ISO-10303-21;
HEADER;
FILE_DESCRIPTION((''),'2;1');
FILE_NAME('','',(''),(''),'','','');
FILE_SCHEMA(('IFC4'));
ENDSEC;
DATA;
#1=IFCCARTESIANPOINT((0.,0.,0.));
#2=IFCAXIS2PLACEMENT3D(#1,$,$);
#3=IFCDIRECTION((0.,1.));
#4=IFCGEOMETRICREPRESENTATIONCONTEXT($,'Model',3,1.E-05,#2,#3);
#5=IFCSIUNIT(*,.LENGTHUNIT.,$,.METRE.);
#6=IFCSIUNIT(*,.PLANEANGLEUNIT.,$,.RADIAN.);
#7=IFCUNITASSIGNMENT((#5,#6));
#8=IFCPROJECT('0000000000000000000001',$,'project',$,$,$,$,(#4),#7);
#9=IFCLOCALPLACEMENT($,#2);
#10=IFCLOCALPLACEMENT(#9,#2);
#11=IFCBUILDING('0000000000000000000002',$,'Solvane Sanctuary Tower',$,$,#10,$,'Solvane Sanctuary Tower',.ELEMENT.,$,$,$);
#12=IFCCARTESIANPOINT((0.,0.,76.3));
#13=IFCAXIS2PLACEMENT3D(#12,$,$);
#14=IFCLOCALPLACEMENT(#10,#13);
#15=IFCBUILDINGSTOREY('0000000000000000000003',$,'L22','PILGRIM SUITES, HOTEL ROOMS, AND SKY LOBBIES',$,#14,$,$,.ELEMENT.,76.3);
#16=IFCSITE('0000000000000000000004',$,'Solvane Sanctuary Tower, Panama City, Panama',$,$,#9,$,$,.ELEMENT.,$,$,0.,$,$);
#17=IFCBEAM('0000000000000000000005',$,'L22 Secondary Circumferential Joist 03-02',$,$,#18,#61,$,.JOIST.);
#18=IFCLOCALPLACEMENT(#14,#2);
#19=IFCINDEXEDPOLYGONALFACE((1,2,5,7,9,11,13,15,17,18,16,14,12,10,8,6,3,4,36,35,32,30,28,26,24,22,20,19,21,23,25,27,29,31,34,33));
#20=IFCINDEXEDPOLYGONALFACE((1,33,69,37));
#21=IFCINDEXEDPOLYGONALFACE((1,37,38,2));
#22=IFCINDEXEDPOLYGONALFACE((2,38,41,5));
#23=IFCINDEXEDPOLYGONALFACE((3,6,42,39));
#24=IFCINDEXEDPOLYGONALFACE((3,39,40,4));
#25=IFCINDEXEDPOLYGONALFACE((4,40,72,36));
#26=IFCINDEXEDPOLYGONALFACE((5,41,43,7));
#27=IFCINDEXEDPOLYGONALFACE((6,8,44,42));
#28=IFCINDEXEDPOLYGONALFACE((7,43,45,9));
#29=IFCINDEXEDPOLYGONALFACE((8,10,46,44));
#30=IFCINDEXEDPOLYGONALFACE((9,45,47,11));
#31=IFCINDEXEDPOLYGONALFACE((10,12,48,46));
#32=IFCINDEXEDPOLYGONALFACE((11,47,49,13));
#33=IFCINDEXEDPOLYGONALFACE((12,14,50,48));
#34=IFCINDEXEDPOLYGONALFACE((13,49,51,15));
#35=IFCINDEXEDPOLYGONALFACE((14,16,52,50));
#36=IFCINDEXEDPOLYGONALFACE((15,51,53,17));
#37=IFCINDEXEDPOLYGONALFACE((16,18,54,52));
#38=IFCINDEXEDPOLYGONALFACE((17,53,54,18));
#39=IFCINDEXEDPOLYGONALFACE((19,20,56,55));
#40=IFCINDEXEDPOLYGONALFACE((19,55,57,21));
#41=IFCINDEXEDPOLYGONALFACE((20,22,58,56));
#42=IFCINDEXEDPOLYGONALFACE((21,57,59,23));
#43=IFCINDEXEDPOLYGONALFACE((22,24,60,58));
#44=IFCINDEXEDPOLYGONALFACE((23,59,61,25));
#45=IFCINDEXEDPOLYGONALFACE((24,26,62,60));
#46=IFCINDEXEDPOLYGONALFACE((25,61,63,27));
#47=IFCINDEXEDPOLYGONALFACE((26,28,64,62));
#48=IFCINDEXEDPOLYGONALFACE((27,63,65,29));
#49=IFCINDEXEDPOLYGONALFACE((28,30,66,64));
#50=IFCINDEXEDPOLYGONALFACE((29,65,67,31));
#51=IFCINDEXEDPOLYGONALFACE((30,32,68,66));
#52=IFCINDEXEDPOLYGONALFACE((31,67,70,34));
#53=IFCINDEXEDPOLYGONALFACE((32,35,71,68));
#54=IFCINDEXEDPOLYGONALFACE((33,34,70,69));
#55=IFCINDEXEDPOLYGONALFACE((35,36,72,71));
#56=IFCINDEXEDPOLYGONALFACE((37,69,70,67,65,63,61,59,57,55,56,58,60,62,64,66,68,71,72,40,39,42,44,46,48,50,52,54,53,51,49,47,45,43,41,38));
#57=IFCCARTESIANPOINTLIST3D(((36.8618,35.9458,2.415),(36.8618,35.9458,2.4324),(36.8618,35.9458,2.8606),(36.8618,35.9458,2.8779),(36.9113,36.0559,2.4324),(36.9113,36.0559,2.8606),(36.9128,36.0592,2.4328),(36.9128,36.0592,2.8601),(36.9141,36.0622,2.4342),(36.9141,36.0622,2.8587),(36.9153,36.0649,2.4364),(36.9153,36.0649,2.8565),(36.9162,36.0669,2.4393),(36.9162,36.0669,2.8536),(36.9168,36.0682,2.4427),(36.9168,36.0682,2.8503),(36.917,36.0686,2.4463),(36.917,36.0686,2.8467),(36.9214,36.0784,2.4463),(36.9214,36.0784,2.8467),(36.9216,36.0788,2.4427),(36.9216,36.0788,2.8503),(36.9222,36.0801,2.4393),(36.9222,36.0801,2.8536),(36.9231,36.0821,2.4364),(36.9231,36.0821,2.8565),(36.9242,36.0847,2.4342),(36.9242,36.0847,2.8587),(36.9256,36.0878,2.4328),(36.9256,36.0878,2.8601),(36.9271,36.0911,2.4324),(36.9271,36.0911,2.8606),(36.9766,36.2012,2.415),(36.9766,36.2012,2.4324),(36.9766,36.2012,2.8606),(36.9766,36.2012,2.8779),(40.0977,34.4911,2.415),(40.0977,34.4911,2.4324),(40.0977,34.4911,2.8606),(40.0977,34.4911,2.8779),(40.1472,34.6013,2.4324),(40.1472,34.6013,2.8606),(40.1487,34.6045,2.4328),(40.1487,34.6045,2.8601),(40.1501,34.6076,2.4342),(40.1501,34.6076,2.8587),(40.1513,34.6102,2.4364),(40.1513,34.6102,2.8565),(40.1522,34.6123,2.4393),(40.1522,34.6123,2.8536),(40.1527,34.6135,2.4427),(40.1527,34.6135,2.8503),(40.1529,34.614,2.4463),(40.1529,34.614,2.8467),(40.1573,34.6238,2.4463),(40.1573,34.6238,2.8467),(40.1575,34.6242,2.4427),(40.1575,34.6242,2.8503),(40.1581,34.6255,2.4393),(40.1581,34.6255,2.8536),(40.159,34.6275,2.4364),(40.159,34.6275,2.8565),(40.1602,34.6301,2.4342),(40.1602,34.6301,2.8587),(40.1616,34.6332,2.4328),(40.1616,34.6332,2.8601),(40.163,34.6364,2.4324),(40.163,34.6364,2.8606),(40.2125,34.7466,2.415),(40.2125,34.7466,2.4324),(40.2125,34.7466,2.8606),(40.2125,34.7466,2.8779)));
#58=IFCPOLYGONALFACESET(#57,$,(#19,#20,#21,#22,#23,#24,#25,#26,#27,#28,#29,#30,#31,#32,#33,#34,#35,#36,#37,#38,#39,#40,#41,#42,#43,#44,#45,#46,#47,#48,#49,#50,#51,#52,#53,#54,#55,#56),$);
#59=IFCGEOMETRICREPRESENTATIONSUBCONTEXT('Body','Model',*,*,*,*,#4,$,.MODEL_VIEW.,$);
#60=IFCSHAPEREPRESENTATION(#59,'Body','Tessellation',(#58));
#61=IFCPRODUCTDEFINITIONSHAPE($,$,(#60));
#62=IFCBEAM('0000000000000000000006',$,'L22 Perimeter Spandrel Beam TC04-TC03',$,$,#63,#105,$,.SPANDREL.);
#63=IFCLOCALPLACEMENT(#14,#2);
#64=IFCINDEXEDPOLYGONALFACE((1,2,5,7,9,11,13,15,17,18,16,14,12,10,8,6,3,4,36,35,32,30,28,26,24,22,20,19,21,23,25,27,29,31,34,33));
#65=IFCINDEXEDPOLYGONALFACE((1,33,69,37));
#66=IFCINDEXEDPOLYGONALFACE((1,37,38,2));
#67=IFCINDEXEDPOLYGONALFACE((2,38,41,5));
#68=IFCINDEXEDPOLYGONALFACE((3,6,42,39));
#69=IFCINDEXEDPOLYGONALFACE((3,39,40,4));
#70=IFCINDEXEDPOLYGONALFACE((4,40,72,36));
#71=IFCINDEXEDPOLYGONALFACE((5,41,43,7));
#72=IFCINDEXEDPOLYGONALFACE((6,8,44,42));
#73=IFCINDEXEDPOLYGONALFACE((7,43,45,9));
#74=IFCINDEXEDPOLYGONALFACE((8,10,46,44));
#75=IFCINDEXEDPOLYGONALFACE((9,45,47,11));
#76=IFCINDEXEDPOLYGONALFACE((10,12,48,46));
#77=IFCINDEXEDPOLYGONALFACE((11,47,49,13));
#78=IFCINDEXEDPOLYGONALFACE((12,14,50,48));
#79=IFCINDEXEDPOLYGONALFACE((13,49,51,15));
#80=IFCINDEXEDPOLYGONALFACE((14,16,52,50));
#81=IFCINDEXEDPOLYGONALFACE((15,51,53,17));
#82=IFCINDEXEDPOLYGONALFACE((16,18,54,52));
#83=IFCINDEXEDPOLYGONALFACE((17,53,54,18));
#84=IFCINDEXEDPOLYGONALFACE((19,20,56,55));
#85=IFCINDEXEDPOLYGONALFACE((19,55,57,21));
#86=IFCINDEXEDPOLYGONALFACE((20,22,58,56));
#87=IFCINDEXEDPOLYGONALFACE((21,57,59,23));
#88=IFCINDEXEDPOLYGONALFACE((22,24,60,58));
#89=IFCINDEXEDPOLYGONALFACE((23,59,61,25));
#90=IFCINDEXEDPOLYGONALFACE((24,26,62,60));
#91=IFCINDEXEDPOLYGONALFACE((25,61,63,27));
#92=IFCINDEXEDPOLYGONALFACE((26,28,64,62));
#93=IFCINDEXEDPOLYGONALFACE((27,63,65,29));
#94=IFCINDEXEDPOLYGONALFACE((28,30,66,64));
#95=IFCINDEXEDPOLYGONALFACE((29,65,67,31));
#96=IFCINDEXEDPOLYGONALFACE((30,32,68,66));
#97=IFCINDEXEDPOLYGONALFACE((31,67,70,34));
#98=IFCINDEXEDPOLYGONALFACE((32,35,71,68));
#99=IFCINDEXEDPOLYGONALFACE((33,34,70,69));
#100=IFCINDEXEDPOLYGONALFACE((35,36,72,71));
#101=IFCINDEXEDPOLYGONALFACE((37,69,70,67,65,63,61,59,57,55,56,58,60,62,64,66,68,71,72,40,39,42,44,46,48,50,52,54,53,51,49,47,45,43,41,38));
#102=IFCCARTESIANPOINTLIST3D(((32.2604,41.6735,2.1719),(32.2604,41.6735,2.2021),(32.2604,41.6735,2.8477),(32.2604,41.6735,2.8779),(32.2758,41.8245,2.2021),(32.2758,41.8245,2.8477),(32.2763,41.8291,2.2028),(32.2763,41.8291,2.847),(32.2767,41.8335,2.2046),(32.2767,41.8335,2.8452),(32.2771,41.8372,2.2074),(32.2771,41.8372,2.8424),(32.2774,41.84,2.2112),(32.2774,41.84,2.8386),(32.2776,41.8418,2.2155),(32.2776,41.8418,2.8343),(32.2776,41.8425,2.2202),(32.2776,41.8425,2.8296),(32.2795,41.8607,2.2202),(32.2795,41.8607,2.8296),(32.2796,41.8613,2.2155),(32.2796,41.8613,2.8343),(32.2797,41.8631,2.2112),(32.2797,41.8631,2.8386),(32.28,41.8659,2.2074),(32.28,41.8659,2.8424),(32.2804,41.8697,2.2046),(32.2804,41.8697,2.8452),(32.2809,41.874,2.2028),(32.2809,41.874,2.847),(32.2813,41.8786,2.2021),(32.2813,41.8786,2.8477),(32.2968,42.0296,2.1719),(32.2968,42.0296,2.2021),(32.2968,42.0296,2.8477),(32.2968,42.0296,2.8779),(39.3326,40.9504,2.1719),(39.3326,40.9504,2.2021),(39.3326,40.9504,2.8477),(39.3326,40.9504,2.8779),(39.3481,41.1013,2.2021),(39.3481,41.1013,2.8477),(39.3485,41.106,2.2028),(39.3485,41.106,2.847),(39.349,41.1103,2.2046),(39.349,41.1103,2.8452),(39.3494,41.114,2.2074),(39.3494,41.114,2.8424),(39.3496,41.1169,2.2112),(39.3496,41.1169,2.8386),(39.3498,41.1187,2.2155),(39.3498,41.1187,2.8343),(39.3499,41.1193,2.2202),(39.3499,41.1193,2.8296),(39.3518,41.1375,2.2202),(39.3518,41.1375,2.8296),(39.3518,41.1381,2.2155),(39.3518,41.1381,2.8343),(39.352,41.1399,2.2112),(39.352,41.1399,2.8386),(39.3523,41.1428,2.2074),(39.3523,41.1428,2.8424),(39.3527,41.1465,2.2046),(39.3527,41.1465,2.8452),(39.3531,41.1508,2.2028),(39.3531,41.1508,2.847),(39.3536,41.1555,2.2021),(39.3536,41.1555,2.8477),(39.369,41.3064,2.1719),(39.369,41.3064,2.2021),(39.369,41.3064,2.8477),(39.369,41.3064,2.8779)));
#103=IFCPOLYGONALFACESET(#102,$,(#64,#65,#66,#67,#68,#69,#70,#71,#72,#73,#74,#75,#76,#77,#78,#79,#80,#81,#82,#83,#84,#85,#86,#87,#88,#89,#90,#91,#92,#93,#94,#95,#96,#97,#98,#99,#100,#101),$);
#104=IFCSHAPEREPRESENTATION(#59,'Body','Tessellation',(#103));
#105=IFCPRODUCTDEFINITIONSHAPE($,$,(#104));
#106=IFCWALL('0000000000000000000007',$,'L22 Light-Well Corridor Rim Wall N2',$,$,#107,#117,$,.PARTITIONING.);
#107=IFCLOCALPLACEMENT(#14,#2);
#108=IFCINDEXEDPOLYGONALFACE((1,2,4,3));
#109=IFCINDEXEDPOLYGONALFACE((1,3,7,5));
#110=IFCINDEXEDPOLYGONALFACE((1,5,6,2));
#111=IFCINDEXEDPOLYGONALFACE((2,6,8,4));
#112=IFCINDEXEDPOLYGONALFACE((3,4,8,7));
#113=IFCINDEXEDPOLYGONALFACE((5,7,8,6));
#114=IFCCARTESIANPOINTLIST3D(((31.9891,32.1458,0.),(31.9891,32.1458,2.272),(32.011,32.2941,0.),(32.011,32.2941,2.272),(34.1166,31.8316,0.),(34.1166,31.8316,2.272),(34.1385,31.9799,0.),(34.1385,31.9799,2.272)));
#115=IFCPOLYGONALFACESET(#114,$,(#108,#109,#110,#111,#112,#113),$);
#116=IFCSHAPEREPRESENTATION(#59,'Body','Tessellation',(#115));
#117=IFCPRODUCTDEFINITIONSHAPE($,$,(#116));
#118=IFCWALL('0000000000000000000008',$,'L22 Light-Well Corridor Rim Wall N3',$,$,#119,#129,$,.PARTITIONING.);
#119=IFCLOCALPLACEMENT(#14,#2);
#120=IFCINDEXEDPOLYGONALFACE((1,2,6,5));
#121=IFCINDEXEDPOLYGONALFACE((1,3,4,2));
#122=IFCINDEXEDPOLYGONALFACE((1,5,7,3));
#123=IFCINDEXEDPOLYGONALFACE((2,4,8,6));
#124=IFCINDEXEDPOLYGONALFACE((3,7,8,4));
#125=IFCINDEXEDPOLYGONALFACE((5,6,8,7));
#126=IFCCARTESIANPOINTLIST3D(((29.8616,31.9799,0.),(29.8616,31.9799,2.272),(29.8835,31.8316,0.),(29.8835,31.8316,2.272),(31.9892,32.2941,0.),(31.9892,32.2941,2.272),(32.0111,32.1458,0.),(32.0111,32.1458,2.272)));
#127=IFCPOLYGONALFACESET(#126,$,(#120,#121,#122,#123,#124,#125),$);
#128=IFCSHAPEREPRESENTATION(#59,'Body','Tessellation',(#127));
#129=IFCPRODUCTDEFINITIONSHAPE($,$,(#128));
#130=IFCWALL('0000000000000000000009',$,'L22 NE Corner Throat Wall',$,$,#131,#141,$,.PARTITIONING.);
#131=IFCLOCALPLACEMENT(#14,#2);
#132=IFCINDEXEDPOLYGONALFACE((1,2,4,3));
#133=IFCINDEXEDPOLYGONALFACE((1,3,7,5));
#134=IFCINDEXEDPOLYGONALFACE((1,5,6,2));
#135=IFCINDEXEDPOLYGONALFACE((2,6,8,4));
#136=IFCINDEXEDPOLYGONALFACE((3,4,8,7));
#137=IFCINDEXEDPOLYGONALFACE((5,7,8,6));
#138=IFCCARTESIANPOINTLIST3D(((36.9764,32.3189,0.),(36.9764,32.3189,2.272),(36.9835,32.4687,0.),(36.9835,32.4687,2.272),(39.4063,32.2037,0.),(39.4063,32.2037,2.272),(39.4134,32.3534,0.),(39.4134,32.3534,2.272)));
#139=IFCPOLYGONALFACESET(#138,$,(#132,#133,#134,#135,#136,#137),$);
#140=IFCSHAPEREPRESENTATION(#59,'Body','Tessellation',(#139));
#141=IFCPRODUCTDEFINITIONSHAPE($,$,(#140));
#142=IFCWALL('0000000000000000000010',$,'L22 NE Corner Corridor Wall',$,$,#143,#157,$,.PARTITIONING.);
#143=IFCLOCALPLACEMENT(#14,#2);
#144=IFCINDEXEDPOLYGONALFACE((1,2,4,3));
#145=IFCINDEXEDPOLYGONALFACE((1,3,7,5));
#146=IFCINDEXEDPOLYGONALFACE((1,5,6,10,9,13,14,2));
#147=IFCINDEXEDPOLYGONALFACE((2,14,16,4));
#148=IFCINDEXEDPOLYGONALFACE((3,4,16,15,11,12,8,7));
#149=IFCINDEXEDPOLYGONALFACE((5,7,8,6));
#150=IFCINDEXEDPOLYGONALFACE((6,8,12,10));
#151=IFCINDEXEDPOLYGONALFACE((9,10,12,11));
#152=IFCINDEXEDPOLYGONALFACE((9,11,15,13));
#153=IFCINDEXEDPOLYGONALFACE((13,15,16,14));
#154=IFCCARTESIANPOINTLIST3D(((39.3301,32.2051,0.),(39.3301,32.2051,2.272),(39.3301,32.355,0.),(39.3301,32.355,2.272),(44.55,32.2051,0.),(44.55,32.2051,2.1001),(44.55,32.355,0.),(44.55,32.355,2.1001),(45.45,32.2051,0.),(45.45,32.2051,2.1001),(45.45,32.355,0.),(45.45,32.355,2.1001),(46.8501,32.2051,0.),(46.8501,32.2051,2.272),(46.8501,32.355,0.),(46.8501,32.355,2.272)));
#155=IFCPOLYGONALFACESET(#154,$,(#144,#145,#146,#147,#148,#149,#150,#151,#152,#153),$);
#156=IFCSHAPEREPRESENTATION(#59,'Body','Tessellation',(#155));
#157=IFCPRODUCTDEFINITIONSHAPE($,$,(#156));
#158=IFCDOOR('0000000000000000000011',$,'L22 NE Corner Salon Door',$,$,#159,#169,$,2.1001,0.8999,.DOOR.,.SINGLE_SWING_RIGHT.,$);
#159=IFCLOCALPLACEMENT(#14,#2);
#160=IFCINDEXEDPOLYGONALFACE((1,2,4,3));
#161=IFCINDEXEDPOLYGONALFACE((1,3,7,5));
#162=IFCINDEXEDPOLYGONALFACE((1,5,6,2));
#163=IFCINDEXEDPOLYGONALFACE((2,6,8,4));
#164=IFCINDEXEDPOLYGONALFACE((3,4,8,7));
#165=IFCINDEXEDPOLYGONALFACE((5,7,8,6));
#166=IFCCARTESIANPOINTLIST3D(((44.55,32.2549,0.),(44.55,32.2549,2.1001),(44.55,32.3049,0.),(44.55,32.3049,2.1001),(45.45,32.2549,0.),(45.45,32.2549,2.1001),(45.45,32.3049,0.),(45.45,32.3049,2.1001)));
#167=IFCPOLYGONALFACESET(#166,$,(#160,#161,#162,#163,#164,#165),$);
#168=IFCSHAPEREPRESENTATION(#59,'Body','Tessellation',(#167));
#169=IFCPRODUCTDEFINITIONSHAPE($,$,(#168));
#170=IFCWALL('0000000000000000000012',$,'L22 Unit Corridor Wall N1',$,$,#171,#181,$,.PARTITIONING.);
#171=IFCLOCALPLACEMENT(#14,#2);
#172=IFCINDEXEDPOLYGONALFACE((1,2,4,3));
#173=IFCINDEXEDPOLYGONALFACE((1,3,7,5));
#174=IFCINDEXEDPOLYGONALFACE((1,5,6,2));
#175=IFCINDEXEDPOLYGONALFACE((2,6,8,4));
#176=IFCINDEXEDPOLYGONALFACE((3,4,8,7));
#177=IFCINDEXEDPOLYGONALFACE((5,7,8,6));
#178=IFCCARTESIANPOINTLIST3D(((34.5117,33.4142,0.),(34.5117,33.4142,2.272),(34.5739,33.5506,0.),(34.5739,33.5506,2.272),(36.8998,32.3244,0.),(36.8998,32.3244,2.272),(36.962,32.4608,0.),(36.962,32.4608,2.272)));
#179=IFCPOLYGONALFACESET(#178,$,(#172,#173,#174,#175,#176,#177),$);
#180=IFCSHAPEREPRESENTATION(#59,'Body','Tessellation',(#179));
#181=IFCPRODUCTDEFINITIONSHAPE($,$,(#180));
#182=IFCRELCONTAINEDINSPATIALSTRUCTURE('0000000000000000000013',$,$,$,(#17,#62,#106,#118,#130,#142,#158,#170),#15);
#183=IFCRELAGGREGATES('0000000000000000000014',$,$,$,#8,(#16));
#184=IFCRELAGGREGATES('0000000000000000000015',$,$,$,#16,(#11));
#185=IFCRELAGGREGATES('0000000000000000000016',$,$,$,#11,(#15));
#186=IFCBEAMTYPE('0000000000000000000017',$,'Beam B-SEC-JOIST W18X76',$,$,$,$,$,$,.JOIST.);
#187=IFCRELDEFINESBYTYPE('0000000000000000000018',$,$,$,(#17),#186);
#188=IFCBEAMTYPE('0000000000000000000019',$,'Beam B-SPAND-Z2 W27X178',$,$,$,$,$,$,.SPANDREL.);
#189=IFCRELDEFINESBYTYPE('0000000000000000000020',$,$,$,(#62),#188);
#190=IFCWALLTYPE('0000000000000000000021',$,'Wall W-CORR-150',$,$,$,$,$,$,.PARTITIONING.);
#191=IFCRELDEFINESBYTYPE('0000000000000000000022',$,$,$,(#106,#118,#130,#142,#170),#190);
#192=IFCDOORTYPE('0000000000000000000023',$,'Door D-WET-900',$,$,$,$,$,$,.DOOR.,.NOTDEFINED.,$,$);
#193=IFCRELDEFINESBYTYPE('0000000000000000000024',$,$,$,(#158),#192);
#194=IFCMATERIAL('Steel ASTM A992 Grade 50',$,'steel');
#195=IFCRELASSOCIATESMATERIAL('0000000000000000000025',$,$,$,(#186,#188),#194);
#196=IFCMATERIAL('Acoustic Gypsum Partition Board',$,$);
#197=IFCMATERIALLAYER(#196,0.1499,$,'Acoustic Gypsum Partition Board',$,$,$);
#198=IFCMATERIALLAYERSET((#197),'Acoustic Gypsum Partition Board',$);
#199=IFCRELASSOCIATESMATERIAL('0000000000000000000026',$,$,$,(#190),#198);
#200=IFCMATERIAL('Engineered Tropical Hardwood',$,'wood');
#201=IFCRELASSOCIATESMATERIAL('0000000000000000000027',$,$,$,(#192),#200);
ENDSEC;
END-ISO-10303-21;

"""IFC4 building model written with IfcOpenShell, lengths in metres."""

from ifc_helpers import new_model, si_unit, direction, frame, frame_2d, origin, origin_2d, place, context, subcontext, project, spatial, rectangle, i_section, extrude, material, layer, layer_set, material_profile, profile_set, type_object, element, fill, save


model = new_model("IFC4")

# Units and contexts
model_context = context("Model", 3, precision=1e-05, world=origin(), true_north=direction((0.0, 1.0)))
body_context = subcontext(model_context, "Body", "Model", "MODEL_VIEW")
ifc_project = project(units=[si_unit("LENGTHUNIT", "METRE"), si_unit("PLANEANGLEUNIT", "RADIAN")], contexts=[model_context])

# Site, building, storey
site_placement = place(None, origin())
site = spatial("IfcSite", under=ifc_project, at=site_placement, Name="Solvane Sanctuary Tower, Panama City, Panama", CompositionType="ELEMENT", RefElevation=0.0)
building_placement = place(site_placement, origin())
building = spatial("IfcBuilding", under=site, at=building_placement, Name="Solvane Sanctuary Tower", LongName="Solvane Sanctuary Tower", CompositionType="ELEMENT")
storey_placement = place(building_placement, frame((0.0, 0.0, 76.3)))
storey = spatial("IfcBuildingStorey", under=building, at=storey_placement, Name="L22", Description="PILGRIM SUITES, HOTEL ROOMS, AND SKY LOBBIES", CompositionType="ELEMENT", Elevation=76.3)

# Beams
ifc_material_1 = material(Name="Steel ASTM A992 Grade 50", Category="steel")
ifc_material_profile_1 = material_profile(ifc_material_1, i_section(OverallWidth=0.28, OverallDepth=0.4629, WebThickness=0.0107, FlangeThickness=0.0173, FilletRadius=0.0139, at=origin_2d()), Name="W18X76")
ifc_profile_set_1 = profile_set([ifc_material_profile_1], Name="Steel ASTM A992 Grade 50")
beam_type_1 = type_object("IfcBeamType", Name="Beam B-SEC-JOIST W18X76", PredefinedType="JOIST", material=ifc_profile_set_1)
beam_1_placement = place(storey_placement, frame((36.9192, 36.0735, 2.6465), z_axis=(0.912084, -0.410004, 0.0), x_axis=(0.410004, 0.912084, 0.0)))
element("IfcBeam", 1, at=beam_1_placement, inside=storey, type_object=beam_type_1, Name="L22 Secondary Circumferential Joist 03-02", PredefinedType="JOIST", context=body_context, shape_type="SweptSolid", body=[
    extrude(i_section(OverallWidth=0.28, OverallDepth=0.4629, WebThickness=0.0107, FlangeThickness=0.0173, FilletRadius=0.0139, at=origin_2d()), origin(), (0.0, 0.0, 1.0), 3.5479),
])
ifc_material_profile_2 = material_profile(ifc_material_1, i_section(OverallWidth=0.3579, OverallDepth=0.7061, WebThickness=0.0183, FlangeThickness=0.0303, FilletRadius=0.0181, at=origin_2d()), Name="W27X178")
ifc_profile_set_2 = profile_set([ifc_material_profile_2], Name="Steel ASTM A992 Grade 50")
beam_type_2 = type_object("IfcBeamType", Name="Beam B-SPAND-Z2 W27X178", PredefinedType="SPANDREL", material=ifc_profile_set_2)
beam_2_placement = place(storey_placement, frame((32.2786, 41.8516, 2.5249), z_axis=(0.994813, -0.10172, 0.0), x_axis=(0.10172, 0.994813, 0.0)))
element("IfcBeam", 2, at=beam_2_placement, inside=storey, type_object=beam_type_2, Name="L22 Perimeter Spandrel Beam TC04-TC03", PredefinedType="SPANDREL", context=body_context, shape_type="SweptSolid", body=[
    extrude(i_section(OverallWidth=0.3579, OverallDepth=0.7061, WebThickness=0.0183, FlangeThickness=0.0303, FilletRadius=0.0181, at=origin_2d()), origin(), (0.0, 0.0, 1.0), 7.1091),
])

# Walls
ifc_material_2 = material(Name="Acoustic Gypsum Partition Board")
ifc_layer_1 = layer(ifc_material_2, 0.1499, Name="Acoustic Gypsum Partition Board")
ifc_layer_set_1 = layer_set([ifc_layer_1], Name="Acoustic Gypsum Partition Board")
wall_type_1 = type_object("IfcWallType", Name="Wall W-CORR-150", PredefinedType="PARTITIONING", material=ifc_layer_set_1)
for number, where, z_axis, x_axis, name in (
    (3, (34.1274, 31.9058, 0.0), (0.0, 0.0, 1.0), (-0.989269, 0.146108, 0.0), "L22 Light-Well Corridor Rim Wall N2"),
    (4, (32.0, 32.22, 0.0), (0.0, 0.0, 1.0), (-0.989269, -0.146108, 0.0), "L22 Light-Well Corridor Rim Wall N3"),
):
    element("IfcWall", number, at=place(storey_placement, frame(where, z_axis=z_axis, x_axis=x_axis)), inside=storey, type_object=wall_type_1, Name=name, PredefinedType="PARTITIONING", context=body_context, shape_type="SweptSolid", body=[
        extrude(rectangle(XDim=2.1506, YDim=0.1499, at=frame_2d((1.0752, 0.0))), origin(), (0.0, 0.0, 1.0), 2.272),
    ])
wall_1_placement = place(storey_placement, frame((36.98, 32.3938, 0.0), z_axis=(0.0, 0.0, 1.0), x_axis=(0.998877, -0.04737, 0.0)))
element("IfcWall", 5, at=wall_1_placement, inside=storey, type_object=wall_type_1, Name="L22 NE Corner Throat Wall", PredefinedType="PARTITIONING", context=body_context, shape_type="SweptSolid", body=[
    extrude(rectangle(XDim=2.4326, YDim=0.1499, at=frame_2d((1.2163, 0.0))), origin(), (0.0, 0.0, 1.0), 2.272),
])

# Wall, opening, door
wall_2_placement = place(storey_placement, frame((39.3301, 32.28, 0.0), z_axis=(0.0, 0.0, 1.0), x_axis=(1.0, 0.0, 0.0)))
wall_2 = element("IfcWall", 6, at=wall_2_placement, inside=storey, type_object=wall_type_1, Name="L22 NE Corner Corridor Wall", PredefinedType="PARTITIONING", context=body_context, shape_type="SweptSolid", body=[
    extrude(rectangle(XDim=7.52, YDim=0.1499, at=frame_2d((3.76, 0.0))), origin(), (0.0, 0.0, 1.0), 2.272),
])
opening_1_placement = place(wall_2_placement, frame((5.22, 0.0, 0.0)))
opening_1 = element("IfcOpeningElement", 7, at=opening_1_placement, cuts=wall_2, PredefinedType="OPENING", context=body_context, shape_type="SweptSolid", body=[
    extrude(rectangle(XDim=0.8999, YDim=2.1001, at=frame_2d((0.45, 1.05))), frame((0.0, 0.085, 0.0), z_axis=(0.0, -1.0, 0.0), x_axis=(1.0, 0.0, 0.0)), (0.0, 0.0, 1.0), 0.1699),
])
ifc_material_3 = material(Name="Engineered Tropical Hardwood", Category="wood")
door_type_1 = type_object("IfcDoorType", Name="Door D-WET-900", OperationType="NOTDEFINED", PredefinedType="DOOR", material=ifc_material_3)
door_1_placement = place(opening_1_placement, origin())
door_1 = element("IfcDoor", 8, at=door_1_placement, inside=storey, type_object=door_type_1, Name="L22 NE Corner Salon Door", OperationType="SINGLE_SWING_RIGHT", OverallHeight=2.1001, OverallWidth=0.8999, PredefinedType="DOOR", context=body_context, shape_type="SweptSolid", body=[
    extrude(rectangle(XDim=0.8999, YDim=2.1001, at=frame_2d((0.45, 1.05))), frame((0.0, 0.0249, 0.0), z_axis=(0.0, -1.0, 0.0), x_axis=(1.0, 0.0, 0.0)), (0.0, 0.0, 1.0), 0.05),
])
fill(opening_1, door_1)

# Wall
wall_3_placement = place(storey_placement, frame((36.9309, 32.3926, 0.0), z_axis=(0.0, 0.0, 1.0), x_axis=(-0.909748, 0.415162, 0.0)))
element("IfcWall", 9, at=wall_3_placement, inside=storey, type_object=wall_type_1, Name="L22 Unit Corridor Wall N1", PredefinedType="PARTITIONING", context=body_context, shape_type="SweptSolid", body=[
    extrude(rectangle(XDim=2.625, YDim=0.1499, at=frame_2d((1.3125, 0.0))), origin(), (0.0, 0.0, 1.0), 2.272),
])

save(model, "model.ifc")
